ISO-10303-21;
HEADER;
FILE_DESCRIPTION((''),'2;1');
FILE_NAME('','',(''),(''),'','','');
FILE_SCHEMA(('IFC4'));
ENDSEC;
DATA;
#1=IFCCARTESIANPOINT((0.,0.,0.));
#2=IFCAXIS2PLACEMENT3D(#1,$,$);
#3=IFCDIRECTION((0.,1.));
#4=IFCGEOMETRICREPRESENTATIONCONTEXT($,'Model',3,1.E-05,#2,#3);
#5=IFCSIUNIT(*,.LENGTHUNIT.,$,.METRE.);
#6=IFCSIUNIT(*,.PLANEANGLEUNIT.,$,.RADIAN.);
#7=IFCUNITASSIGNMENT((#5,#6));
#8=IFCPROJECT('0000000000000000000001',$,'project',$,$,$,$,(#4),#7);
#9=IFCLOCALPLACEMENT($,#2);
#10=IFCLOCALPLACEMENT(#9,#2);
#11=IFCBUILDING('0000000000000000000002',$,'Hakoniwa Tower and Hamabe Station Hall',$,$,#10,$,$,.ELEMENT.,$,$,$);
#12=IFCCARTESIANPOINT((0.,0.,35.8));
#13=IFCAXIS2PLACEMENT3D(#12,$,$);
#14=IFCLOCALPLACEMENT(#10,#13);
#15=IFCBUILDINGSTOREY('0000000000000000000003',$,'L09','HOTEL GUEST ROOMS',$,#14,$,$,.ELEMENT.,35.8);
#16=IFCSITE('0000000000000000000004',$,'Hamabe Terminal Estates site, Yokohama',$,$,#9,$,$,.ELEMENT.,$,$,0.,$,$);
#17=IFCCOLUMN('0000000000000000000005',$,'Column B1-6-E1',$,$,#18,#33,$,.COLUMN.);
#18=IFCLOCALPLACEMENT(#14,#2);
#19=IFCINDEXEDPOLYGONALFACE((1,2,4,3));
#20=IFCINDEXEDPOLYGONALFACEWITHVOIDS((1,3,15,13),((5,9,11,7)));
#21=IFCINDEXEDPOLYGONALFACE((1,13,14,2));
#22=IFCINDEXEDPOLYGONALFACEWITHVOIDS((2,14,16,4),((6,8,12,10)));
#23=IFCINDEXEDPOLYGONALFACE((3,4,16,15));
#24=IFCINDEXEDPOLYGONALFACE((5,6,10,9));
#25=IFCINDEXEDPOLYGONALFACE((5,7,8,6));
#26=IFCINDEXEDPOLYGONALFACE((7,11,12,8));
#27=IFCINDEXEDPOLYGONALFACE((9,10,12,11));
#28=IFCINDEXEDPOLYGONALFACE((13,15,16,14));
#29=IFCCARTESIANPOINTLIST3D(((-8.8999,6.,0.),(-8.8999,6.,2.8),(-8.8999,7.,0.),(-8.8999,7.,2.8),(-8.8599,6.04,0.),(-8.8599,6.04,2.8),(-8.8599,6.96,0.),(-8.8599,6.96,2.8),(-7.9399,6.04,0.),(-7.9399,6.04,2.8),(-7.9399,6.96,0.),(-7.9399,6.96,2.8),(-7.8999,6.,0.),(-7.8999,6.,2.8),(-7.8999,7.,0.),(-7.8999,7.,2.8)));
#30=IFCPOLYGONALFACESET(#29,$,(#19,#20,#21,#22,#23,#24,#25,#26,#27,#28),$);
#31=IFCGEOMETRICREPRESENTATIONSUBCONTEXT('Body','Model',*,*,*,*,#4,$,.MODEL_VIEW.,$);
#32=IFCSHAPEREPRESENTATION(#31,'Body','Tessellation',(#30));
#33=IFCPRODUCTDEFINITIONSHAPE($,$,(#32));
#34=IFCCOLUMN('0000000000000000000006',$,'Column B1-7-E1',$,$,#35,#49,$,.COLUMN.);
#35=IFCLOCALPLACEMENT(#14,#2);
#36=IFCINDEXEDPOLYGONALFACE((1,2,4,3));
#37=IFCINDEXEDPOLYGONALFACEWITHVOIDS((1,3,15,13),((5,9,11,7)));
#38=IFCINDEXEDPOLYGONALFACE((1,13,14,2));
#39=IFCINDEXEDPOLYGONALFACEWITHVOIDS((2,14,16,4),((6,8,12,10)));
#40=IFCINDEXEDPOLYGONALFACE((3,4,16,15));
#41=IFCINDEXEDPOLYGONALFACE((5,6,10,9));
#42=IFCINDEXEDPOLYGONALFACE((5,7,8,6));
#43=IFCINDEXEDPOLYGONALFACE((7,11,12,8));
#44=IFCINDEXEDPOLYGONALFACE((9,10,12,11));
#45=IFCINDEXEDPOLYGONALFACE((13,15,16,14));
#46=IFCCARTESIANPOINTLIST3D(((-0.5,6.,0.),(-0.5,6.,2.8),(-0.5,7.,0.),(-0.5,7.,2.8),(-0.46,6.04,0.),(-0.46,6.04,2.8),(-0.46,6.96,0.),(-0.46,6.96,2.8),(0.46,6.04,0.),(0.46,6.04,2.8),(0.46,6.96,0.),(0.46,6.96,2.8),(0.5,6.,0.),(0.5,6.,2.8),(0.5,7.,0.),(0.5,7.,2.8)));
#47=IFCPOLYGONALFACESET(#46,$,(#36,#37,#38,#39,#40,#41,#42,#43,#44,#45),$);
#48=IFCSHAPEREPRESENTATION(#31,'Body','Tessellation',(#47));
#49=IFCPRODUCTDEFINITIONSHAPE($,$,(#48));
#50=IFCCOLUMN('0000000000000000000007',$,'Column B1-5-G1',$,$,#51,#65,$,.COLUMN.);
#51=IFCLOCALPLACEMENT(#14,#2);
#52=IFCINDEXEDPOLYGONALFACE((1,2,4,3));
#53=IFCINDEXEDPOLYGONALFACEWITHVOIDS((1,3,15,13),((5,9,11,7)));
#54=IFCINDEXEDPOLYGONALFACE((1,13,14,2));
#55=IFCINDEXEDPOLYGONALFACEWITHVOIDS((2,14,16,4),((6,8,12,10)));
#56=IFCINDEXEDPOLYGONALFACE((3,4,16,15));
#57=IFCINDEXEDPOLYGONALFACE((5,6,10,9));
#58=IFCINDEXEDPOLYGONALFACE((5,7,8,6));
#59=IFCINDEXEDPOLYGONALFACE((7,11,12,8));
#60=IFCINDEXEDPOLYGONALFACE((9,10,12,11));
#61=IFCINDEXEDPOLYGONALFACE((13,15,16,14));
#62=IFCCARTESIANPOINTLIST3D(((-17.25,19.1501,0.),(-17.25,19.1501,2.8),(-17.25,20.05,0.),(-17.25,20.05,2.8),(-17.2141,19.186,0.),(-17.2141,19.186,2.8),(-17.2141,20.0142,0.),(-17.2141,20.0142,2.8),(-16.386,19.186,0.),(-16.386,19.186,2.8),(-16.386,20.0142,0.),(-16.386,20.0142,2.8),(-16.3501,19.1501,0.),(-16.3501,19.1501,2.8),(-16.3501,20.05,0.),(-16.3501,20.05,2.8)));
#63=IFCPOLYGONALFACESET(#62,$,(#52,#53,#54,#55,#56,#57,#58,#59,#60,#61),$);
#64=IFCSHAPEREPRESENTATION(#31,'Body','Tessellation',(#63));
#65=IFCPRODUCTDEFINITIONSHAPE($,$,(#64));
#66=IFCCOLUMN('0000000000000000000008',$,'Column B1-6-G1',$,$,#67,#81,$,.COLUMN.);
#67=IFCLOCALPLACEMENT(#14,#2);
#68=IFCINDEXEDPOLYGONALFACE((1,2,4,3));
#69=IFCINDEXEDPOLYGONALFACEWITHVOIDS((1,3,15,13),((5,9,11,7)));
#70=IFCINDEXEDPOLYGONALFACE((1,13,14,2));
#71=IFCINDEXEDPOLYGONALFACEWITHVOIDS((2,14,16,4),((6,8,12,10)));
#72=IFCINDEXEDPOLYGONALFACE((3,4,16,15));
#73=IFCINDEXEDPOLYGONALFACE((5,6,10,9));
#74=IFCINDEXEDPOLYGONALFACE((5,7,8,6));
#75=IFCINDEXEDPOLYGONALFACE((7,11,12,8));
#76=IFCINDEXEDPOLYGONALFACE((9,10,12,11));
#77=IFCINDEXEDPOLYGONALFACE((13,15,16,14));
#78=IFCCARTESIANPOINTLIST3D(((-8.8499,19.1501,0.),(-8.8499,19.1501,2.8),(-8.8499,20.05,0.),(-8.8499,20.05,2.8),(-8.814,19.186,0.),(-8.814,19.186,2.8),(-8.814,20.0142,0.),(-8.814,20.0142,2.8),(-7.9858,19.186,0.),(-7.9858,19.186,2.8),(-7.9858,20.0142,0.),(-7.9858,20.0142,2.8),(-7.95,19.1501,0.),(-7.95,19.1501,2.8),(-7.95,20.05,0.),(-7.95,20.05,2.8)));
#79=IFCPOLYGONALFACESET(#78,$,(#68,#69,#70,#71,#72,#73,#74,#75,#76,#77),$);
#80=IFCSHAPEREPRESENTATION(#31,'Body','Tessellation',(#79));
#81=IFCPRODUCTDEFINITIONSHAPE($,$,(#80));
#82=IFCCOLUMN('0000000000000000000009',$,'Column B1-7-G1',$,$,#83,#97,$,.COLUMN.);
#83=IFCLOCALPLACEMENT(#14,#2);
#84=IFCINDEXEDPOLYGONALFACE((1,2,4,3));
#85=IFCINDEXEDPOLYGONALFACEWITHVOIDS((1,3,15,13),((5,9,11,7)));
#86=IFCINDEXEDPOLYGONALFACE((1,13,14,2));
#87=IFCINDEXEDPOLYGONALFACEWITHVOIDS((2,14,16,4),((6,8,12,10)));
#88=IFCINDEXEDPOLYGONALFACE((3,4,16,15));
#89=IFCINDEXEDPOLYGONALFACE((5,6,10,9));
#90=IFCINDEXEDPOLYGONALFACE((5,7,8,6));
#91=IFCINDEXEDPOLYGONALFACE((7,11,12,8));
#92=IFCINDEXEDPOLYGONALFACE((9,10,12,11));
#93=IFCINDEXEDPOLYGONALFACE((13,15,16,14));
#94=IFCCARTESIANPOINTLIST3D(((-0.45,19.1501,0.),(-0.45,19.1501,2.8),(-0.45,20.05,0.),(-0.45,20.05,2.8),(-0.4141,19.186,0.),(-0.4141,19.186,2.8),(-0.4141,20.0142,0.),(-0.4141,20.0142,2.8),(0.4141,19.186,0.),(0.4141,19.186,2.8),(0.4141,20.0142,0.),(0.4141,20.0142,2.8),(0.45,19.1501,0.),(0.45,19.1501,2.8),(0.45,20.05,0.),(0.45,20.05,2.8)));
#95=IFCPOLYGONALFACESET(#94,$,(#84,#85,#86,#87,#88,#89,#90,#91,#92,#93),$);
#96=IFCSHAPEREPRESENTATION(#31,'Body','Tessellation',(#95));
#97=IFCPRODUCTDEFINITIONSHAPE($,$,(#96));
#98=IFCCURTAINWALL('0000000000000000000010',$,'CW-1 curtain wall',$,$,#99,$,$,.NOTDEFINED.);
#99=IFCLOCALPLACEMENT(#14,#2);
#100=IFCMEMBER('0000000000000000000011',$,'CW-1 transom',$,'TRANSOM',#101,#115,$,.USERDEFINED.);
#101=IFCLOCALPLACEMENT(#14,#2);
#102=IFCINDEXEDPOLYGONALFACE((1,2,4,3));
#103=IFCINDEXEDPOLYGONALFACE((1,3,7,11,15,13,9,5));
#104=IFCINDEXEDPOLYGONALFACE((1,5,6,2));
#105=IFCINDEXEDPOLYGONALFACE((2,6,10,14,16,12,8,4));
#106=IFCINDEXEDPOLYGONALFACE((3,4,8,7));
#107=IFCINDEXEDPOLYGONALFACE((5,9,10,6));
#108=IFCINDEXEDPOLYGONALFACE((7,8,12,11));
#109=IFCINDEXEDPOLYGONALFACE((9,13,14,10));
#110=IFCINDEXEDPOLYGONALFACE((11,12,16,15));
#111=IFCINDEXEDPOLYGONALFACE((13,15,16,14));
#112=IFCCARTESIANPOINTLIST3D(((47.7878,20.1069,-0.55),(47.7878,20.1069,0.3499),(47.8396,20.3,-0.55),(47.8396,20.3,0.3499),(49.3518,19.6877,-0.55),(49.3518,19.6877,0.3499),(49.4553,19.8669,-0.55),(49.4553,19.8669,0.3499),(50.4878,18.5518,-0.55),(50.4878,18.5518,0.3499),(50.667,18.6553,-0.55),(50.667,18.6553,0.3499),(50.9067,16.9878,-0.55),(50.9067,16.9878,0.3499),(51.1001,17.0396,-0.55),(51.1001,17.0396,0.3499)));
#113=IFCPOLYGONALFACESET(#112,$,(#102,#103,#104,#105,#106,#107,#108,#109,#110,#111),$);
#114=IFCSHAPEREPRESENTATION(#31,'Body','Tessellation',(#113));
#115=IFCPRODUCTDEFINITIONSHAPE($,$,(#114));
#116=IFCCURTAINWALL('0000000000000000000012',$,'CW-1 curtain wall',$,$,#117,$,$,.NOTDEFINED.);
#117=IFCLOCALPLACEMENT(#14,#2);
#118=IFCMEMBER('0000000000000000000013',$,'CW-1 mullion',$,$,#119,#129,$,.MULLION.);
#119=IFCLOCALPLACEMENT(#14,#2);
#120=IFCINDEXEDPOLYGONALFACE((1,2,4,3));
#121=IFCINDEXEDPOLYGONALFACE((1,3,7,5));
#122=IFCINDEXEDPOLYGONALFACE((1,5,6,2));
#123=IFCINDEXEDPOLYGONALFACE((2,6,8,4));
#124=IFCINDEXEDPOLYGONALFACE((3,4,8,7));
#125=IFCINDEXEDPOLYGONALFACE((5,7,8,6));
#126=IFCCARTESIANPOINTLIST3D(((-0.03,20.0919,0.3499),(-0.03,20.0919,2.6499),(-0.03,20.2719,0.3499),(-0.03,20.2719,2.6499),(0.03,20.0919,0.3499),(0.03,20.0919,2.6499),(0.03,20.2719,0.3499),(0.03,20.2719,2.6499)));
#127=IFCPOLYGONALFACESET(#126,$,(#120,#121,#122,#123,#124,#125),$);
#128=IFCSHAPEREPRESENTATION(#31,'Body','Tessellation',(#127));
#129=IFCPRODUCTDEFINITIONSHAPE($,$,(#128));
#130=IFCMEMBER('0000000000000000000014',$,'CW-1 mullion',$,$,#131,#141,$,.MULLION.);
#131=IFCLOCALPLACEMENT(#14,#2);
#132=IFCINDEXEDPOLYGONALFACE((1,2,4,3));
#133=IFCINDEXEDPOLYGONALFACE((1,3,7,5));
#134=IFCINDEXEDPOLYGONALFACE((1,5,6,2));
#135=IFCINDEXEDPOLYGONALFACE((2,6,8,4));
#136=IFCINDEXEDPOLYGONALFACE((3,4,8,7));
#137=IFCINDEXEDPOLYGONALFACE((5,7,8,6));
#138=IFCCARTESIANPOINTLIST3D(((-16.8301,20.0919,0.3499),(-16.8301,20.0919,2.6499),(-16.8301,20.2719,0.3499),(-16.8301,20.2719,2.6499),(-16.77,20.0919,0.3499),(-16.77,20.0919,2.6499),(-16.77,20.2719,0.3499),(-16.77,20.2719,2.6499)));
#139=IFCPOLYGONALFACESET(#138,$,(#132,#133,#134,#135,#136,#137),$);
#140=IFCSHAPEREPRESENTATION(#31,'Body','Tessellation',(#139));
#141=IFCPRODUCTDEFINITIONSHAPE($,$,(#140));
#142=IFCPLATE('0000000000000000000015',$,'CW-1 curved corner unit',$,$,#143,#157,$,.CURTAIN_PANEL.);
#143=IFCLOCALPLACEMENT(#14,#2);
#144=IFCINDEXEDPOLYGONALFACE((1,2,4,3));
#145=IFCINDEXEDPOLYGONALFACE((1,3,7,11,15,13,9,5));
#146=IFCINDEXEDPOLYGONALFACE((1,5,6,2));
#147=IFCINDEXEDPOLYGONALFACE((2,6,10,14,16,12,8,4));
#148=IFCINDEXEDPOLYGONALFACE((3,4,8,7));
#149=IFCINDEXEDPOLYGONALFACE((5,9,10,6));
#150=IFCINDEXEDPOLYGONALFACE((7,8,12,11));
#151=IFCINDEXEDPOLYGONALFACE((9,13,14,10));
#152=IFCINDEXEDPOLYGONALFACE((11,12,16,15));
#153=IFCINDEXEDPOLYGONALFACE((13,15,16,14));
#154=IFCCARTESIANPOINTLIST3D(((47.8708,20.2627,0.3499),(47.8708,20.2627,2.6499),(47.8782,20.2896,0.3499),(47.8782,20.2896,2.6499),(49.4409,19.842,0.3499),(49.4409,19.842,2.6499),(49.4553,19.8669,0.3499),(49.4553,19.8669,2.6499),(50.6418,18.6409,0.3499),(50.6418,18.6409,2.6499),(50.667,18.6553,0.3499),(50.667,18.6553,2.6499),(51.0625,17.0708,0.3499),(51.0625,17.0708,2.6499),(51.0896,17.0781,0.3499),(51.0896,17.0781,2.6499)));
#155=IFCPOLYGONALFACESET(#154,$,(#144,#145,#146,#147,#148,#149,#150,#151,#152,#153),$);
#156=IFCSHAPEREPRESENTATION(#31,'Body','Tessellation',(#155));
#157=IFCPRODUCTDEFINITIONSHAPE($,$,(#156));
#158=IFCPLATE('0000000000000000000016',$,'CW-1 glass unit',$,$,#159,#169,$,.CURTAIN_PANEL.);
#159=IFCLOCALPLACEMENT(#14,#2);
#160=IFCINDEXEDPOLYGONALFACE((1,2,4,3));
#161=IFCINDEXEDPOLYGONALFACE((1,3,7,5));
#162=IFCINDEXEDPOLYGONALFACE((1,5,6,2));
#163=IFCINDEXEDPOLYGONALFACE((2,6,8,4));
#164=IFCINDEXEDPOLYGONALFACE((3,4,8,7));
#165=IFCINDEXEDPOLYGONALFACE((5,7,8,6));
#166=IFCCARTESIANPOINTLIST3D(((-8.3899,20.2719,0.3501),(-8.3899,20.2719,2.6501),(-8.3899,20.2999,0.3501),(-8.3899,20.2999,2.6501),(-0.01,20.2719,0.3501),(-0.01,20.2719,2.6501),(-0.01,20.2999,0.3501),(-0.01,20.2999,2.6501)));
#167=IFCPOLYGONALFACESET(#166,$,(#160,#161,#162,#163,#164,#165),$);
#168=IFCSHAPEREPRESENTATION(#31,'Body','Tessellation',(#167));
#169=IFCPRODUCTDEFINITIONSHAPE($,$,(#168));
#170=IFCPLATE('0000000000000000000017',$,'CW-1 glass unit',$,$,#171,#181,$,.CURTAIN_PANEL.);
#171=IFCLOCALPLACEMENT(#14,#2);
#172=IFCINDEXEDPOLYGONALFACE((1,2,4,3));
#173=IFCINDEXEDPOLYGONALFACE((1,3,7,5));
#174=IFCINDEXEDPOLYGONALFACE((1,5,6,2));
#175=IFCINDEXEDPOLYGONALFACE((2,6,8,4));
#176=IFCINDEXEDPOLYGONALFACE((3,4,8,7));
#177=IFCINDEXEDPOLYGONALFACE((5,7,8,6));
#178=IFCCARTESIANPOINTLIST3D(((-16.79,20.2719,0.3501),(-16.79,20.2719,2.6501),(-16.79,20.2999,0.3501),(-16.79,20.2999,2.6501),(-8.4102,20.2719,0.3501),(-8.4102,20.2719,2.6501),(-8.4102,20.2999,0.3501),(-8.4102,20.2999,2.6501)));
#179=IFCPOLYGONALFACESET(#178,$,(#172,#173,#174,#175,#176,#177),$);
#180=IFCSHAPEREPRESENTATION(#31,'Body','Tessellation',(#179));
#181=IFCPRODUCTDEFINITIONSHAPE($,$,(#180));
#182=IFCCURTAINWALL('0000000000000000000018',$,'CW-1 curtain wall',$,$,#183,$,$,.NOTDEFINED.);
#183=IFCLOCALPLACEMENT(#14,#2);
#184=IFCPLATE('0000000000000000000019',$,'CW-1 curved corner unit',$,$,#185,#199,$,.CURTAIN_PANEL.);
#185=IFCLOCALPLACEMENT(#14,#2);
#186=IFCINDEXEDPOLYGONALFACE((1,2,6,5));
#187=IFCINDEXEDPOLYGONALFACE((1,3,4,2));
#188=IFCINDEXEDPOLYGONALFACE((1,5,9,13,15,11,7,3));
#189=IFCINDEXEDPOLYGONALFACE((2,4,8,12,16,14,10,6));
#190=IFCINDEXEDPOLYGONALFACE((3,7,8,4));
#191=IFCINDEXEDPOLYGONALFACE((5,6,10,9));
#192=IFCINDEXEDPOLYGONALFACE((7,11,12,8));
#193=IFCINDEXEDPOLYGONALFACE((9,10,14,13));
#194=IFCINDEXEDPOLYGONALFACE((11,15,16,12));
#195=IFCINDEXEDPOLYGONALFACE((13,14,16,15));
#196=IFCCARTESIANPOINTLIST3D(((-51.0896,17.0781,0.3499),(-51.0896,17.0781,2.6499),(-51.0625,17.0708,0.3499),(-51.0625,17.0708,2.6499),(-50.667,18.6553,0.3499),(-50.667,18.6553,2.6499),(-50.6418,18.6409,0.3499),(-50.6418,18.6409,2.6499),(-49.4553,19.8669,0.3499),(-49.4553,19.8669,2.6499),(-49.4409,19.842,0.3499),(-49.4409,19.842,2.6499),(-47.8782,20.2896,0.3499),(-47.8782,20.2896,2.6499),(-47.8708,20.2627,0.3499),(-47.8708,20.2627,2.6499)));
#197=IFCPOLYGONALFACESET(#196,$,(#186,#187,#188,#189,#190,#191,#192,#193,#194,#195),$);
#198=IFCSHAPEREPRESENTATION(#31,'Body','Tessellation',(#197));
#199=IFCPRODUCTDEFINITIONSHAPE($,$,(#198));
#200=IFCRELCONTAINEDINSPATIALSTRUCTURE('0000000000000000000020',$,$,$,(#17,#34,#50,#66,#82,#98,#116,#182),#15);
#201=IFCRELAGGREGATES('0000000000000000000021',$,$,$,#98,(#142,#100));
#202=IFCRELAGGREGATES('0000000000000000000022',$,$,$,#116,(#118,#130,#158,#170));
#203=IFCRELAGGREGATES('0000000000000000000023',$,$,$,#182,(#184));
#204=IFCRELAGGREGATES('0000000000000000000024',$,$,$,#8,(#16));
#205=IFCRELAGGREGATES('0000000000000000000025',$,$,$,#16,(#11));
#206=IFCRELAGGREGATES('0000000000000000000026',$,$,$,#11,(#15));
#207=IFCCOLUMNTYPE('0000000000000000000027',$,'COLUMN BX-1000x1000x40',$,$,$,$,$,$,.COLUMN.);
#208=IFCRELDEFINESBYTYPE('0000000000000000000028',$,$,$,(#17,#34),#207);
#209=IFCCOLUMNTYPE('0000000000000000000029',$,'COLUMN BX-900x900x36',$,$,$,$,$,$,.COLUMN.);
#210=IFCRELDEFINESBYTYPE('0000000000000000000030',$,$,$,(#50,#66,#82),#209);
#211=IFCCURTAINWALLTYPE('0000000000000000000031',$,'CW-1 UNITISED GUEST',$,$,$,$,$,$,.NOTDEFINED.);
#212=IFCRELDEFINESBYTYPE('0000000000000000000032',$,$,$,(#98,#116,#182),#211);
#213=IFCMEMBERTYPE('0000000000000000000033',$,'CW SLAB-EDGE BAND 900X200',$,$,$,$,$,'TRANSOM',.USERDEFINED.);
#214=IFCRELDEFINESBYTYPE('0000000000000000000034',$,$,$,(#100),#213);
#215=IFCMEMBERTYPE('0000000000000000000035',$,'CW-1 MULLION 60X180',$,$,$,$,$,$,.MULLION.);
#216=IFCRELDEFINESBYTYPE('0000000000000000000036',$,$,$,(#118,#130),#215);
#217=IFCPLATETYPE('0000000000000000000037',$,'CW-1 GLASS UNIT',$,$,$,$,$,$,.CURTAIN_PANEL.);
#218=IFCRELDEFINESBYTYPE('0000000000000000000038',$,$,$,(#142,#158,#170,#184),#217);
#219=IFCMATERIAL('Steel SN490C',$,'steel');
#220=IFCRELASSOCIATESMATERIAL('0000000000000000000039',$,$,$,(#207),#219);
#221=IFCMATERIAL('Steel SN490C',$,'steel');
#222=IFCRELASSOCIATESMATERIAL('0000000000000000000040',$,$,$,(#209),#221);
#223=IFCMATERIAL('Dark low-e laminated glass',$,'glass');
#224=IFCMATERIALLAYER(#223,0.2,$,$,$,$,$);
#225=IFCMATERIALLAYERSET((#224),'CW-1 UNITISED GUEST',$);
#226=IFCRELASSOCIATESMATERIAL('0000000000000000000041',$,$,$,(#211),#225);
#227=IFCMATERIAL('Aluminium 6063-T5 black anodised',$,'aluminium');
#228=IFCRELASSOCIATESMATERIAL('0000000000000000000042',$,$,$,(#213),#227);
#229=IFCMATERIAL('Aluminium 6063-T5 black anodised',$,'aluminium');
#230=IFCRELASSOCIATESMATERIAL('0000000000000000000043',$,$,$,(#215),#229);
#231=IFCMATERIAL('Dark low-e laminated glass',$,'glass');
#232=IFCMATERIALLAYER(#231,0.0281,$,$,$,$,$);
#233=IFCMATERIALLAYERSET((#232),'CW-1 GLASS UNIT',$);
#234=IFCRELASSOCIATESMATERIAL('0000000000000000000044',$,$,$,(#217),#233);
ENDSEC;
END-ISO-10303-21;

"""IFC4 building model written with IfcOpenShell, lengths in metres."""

from ifc_helpers import new_model, si_unit, direction, frame, origin, origin_2d, place, context, subcontext, project, spatial, polyline, rectangle, hollow_rectangle, outline, extrude, material, layer, layer_set, material_profile, profile_set, type_object, element, aggregate, save


model = new_model("IFC4")

# Units and contexts
model_context = context("Model", 3, precision=1e-05, world=origin(), true_north=direction((0.0, 1.0)))
body_context = subcontext(model_context, "Body", "Model", "MODEL_VIEW")
ifc_project = project(units=[si_unit("LENGTHUNIT", "METRE"), si_unit("PLANEANGLEUNIT", "RADIAN")], contexts=[model_context])

# Site, building, storey
site_placement = place(None, origin())
site = spatial("IfcSite", under=ifc_project, at=site_placement, Name="Hamabe Terminal Estates site, Yokohama", CompositionType="ELEMENT", RefElevation=0.0)
building_placement = place(site_placement, origin())
building = spatial("IfcBuilding", under=site, at=building_placement, Name="Hakoniwa Tower and Hamabe Station Hall", CompositionType="ELEMENT")
storey_placement = place(building_placement, frame((0.0, 0.0, 35.8)))
storey = spatial("IfcBuildingStorey", under=building, at=storey_placement, Name="L09", Description="HOTEL GUEST ROOMS", CompositionType="ELEMENT", Elevation=35.8)

# Columns
ifc_material_1 = material(Name="Steel SN490C", Category="steel")
ifc_material_profile_1 = material_profile(ifc_material_1, hollow_rectangle(XDim=1.0, YDim=1.0, WallThickness=0.04, at=origin_2d()), Name="BX-1000x1000x40")
ifc_profile_set_1 = profile_set([ifc_material_profile_1], Name="Steel SN490C")
column_type_1 = type_object("IfcColumnType", Name="COLUMN BX-1000x1000x40", PredefinedType="COLUMN", material=ifc_profile_set_1)
for number, where, z_axis, x_axis, name in (
    (1, (-8.3999, 6.5, 0.0), (0.0, 0.0, 1.0), (1.0, 0.0, 0.0), "Column B1-6-E1"),
    (2, (0.0, 6.5, 0.0), (0.0, 0.0, 1.0), (1.0, 0.0, 0.0), "Column B1-7-E1"),
):
    element("IfcColumn", number, at=place(storey_placement, frame(where, z_axis=z_axis, x_axis=x_axis)), inside=storey, type_object=column_type_1, Name=name, PredefinedType="COLUMN", context=body_context, shape_type="SweptSolid", body=[
        extrude(hollow_rectangle(XDim=1.0, YDim=1.0, WallThickness=0.04, at=origin_2d()), origin(), (0.0, 0.0, 1.0), 2.8),
    ])
ifc_material_2 = material(Name="Steel SN490C", Category="steel")
ifc_material_profile_2 = material_profile(ifc_material_2, hollow_rectangle(XDim=0.8999, YDim=0.8999, WallThickness=0.0359, at=origin_2d()), Name="BX-900x900x36")
ifc_profile_set_2 = profile_set([ifc_material_profile_2], Name="Steel SN490C")
column_type_2 = type_object("IfcColumnType", Name="COLUMN BX-900x900x36", PredefinedType="COLUMN", material=ifc_profile_set_2)
for number, where, z_axis, x_axis, name in (
    (3, (-16.8, 19.6001, 0.0), (0.0, 0.0, 1.0), (1.0, 0.0, 0.0), "Column B1-5-G1"),
    (4, (-8.3999, 19.6001, 0.0), (0.0, 0.0, 1.0), (1.0, 0.0, 0.0), "Column B1-6-G1"),
    (5, (0.0, 19.6001, 0.0), (0.0, 0.0, 1.0), (1.0, 0.0, 0.0), "Column B1-7-G1"),
):
    element("IfcColumn", number, at=place(storey_placement, frame(where, z_axis=z_axis, x_axis=x_axis)), inside=storey, type_object=column_type_2, Name=name, PredefinedType="COLUMN", context=body_context, shape_type="SweptSolid", body=[
        extrude(hollow_rectangle(XDim=0.8999, YDim=0.8999, WallThickness=0.0359, at=origin_2d()), origin(), (0.0, 0.0, 1.0), 2.8),
    ])

# Curtain wall, member
ifc_material_3 = material(Name="Dark low-e laminated glass", Category="glass")
ifc_layer_1 = layer(ifc_material_3, 0.2)
ifc_layer_set_1 = layer_set([ifc_layer_1], Name="CW-1 UNITISED GUEST")
curtain_wall_type = type_object("IfcCurtainWallType", Name="CW-1 UNITISED GUEST", PredefinedType="NOTDEFINED", material=ifc_layer_set_1)
curtain_wall_1_placement = place(storey_placement, origin())
curtain_wall_1 = element("IfcCurtainWall", 6, at=curtain_wall_1_placement, inside=storey, type_object=curtain_wall_type, Name="CW-1 curtain wall", PredefinedType="NOTDEFINED")
ifc_material_4 = material(Name="Aluminium 6063-T5 black anodised", Category="aluminium")
ifc_material_profile_3 = material_profile(ifc_material_4, rectangle(XDim=0.2, YDim=0.8999, at=origin_2d()), Name="CW SLAB-EDGE BAND 900X200")
ifc_profile_set_3 = profile_set([ifc_material_profile_3], Name="Aluminium 6063-T5 black anodised")
member_type_1 = type_object("IfcMemberType", Name="CW SLAB-EDGE BAND 900X200", ElementType="TRANSOM", PredefinedType="USERDEFINED", material=ifc_profile_set_3)
member_1_placement = place(storey_placement, frame((0.0, 0.0, -0.55)))
member_1 = element("IfcMember", 7, at=member_1_placement, type_object=member_type_1, Name="CW-1 transom", ObjectType="TRANSOM", PredefinedType="USERDEFINED", context=body_context, shape_type="SweptSolid", body=[
    extrude(outline(polyline([(51.1001, 17.0396), (50.667, 18.6553), (49.4553, 19.8669), (47.8396, 20.3), (47.7878, 20.1069), (49.3518, 19.6877), (50.4878, 18.5518), (50.9067, 16.9878), (51.1001, 17.0396)])), origin(), (0.0, 0.0, 1.0), 0.8999),
])

# Curtain wall, members
curtain_wall_2_placement = place(storey_placement, origin())
curtain_wall_2 = element("IfcCurtainWall", 8, at=curtain_wall_2_placement, inside=storey, type_object=curtain_wall_type, Name="CW-1 curtain wall", PredefinedType="NOTDEFINED")
ifc_material_5 = material(Name="Aluminium 6063-T5 black anodised", Category="aluminium")
ifc_material_profile_4 = material_profile(ifc_material_5, rectangle(XDim=0.0601, YDim=0.1799, at=origin_2d()), Name="CW-1 MULLION 60X180")
ifc_profile_set_4 = profile_set([ifc_material_profile_4], Name="Aluminium 6063-T5 black anodised")
member_type_2 = type_object("IfcMemberType", Name="CW-1 MULLION 60X180", PredefinedType="MULLION", material=ifc_profile_set_4)
member_2_placement = place(storey_placement, frame((0.0, 20.1819, 0.3499), z_axis=(0.0, 0.0, 1.0), x_axis=(-1.0, 0.0, 0.0)))
member_2 = element("IfcMember", 9, at=member_2_placement, type_object=member_type_2, Name="CW-1 mullion", PredefinedType="MULLION", context=body_context, shape_type="SweptSolid", body=[
    extrude(rectangle(XDim=0.0601, YDim=0.1799, at=origin_2d()), origin(), (0.0, 0.0, 1.0), 2.3),
])
member_3_placement = place(storey_placement, frame((-16.8, 20.1819, 0.3499), z_axis=(0.0, 0.0, 1.0), x_axis=(-1.0, 0.0, 0.0)))
member_3 = element("IfcMember", 10, at=member_3_placement, type_object=member_type_2, Name="CW-1 mullion", PredefinedType="MULLION", context=body_context, shape_type="SweptSolid", body=[
    extrude(rectangle(XDim=0.0601, YDim=0.1799, at=origin_2d()), origin(), (0.0, 0.0, 1.0), 2.3),
])

# Plates
ifc_material_6 = material(Name="Dark low-e laminated glass", Category="glass")
ifc_layer_2 = layer(ifc_material_6, 0.0281)
ifc_layer_set_2 = layer_set([ifc_layer_2], Name="CW-1 GLASS UNIT")
plate_type = type_object("IfcPlateType", Name="CW-1 GLASS UNIT", PredefinedType="CURTAIN_PANEL", material=ifc_layer_set_2)
plate_1_placement = place(storey_placement, frame((0.0, 0.0, 0.3499)))
plate_1 = element("IfcPlate", 11, at=plate_1_placement, type_object=plate_type, Name="CW-1 curved corner unit", PredefinedType="CURTAIN_PANEL", context=body_context, shape_type="SweptSolid", body=[
    extrude(outline(polyline([(51.0896, 17.0781), (50.667, 18.6553), (49.4553, 19.8669), (47.8782, 20.2896), (47.8708, 20.2627), (49.4409, 19.842), (50.6418, 18.6409), (51.0625, 17.0708), (51.0896, 17.0781)])), origin(), (0.0, 0.0, 1.0), 2.3),
])
aggregate(curtain_wall_1, [plate_1, member_1])
plate_2_placement = place(storey_placement, frame((-4.2, 20.2859, 0.3501), z_axis=(0.0, 0.0, 1.0), x_axis=(-1.0, 0.0, 0.0)))
plate_2 = element("IfcPlate", 12, at=plate_2_placement, type_object=plate_type, Name="CW-1 glass unit", PredefinedType="CURTAIN_PANEL", context=body_context, shape_type="SweptSolid", body=[
    extrude(rectangle(XDim=8.3799, YDim=0.0281, at=origin_2d()), origin(), (0.0, 0.0, 1.0), 2.3),
])
plate_3_placement = place(storey_placement, frame((-12.6001, 20.2859, 0.3501), z_axis=(0.0, 0.0, 1.0), x_axis=(-1.0, 0.0, 0.0)))
plate_3 = element("IfcPlate", 13, at=plate_3_placement, type_object=plate_type, Name="CW-1 glass unit", PredefinedType="CURTAIN_PANEL", context=body_context, shape_type="SweptSolid", body=[
    extrude(rectangle(XDim=8.3799, YDim=0.0281, at=origin_2d()), origin(), (0.0, 0.0, 1.0), 2.3),
])
aggregate(curtain_wall_2, [member_2, member_3, plate_2, plate_3])

# Curtain wall, plate
curtain_wall_3_placement = place(storey_placement, origin())
curtain_wall_3 = element("IfcCurtainWall", 14, at=curtain_wall_3_placement, inside=storey, type_object=curtain_wall_type, Name="CW-1 curtain wall", PredefinedType="NOTDEFINED")
plate_4_placement = place(storey_placement, frame((0.0, 0.0, 0.3499)))
plate_4 = element("IfcPlate", 15, at=plate_4_placement, type_object=plate_type, Name="CW-1 curved corner unit", PredefinedType="CURTAIN_PANEL", context=body_context, shape_type="SweptSolid", body=[
    extrude(outline(polyline([(-47.8782, 20.2896), (-49.4553, 19.8669), (-50.667, 18.6553), (-51.0896, 17.0781), (-51.0625, 17.0708), (-50.6418, 18.6409), (-49.4409, 19.842), (-47.8708, 20.2627), (-47.8782, 20.2896)])), origin(), (0.0, 0.0, 1.0), 2.3),
])
aggregate(curtain_wall_3, [plate_4])

save(model, "model.ifc")
